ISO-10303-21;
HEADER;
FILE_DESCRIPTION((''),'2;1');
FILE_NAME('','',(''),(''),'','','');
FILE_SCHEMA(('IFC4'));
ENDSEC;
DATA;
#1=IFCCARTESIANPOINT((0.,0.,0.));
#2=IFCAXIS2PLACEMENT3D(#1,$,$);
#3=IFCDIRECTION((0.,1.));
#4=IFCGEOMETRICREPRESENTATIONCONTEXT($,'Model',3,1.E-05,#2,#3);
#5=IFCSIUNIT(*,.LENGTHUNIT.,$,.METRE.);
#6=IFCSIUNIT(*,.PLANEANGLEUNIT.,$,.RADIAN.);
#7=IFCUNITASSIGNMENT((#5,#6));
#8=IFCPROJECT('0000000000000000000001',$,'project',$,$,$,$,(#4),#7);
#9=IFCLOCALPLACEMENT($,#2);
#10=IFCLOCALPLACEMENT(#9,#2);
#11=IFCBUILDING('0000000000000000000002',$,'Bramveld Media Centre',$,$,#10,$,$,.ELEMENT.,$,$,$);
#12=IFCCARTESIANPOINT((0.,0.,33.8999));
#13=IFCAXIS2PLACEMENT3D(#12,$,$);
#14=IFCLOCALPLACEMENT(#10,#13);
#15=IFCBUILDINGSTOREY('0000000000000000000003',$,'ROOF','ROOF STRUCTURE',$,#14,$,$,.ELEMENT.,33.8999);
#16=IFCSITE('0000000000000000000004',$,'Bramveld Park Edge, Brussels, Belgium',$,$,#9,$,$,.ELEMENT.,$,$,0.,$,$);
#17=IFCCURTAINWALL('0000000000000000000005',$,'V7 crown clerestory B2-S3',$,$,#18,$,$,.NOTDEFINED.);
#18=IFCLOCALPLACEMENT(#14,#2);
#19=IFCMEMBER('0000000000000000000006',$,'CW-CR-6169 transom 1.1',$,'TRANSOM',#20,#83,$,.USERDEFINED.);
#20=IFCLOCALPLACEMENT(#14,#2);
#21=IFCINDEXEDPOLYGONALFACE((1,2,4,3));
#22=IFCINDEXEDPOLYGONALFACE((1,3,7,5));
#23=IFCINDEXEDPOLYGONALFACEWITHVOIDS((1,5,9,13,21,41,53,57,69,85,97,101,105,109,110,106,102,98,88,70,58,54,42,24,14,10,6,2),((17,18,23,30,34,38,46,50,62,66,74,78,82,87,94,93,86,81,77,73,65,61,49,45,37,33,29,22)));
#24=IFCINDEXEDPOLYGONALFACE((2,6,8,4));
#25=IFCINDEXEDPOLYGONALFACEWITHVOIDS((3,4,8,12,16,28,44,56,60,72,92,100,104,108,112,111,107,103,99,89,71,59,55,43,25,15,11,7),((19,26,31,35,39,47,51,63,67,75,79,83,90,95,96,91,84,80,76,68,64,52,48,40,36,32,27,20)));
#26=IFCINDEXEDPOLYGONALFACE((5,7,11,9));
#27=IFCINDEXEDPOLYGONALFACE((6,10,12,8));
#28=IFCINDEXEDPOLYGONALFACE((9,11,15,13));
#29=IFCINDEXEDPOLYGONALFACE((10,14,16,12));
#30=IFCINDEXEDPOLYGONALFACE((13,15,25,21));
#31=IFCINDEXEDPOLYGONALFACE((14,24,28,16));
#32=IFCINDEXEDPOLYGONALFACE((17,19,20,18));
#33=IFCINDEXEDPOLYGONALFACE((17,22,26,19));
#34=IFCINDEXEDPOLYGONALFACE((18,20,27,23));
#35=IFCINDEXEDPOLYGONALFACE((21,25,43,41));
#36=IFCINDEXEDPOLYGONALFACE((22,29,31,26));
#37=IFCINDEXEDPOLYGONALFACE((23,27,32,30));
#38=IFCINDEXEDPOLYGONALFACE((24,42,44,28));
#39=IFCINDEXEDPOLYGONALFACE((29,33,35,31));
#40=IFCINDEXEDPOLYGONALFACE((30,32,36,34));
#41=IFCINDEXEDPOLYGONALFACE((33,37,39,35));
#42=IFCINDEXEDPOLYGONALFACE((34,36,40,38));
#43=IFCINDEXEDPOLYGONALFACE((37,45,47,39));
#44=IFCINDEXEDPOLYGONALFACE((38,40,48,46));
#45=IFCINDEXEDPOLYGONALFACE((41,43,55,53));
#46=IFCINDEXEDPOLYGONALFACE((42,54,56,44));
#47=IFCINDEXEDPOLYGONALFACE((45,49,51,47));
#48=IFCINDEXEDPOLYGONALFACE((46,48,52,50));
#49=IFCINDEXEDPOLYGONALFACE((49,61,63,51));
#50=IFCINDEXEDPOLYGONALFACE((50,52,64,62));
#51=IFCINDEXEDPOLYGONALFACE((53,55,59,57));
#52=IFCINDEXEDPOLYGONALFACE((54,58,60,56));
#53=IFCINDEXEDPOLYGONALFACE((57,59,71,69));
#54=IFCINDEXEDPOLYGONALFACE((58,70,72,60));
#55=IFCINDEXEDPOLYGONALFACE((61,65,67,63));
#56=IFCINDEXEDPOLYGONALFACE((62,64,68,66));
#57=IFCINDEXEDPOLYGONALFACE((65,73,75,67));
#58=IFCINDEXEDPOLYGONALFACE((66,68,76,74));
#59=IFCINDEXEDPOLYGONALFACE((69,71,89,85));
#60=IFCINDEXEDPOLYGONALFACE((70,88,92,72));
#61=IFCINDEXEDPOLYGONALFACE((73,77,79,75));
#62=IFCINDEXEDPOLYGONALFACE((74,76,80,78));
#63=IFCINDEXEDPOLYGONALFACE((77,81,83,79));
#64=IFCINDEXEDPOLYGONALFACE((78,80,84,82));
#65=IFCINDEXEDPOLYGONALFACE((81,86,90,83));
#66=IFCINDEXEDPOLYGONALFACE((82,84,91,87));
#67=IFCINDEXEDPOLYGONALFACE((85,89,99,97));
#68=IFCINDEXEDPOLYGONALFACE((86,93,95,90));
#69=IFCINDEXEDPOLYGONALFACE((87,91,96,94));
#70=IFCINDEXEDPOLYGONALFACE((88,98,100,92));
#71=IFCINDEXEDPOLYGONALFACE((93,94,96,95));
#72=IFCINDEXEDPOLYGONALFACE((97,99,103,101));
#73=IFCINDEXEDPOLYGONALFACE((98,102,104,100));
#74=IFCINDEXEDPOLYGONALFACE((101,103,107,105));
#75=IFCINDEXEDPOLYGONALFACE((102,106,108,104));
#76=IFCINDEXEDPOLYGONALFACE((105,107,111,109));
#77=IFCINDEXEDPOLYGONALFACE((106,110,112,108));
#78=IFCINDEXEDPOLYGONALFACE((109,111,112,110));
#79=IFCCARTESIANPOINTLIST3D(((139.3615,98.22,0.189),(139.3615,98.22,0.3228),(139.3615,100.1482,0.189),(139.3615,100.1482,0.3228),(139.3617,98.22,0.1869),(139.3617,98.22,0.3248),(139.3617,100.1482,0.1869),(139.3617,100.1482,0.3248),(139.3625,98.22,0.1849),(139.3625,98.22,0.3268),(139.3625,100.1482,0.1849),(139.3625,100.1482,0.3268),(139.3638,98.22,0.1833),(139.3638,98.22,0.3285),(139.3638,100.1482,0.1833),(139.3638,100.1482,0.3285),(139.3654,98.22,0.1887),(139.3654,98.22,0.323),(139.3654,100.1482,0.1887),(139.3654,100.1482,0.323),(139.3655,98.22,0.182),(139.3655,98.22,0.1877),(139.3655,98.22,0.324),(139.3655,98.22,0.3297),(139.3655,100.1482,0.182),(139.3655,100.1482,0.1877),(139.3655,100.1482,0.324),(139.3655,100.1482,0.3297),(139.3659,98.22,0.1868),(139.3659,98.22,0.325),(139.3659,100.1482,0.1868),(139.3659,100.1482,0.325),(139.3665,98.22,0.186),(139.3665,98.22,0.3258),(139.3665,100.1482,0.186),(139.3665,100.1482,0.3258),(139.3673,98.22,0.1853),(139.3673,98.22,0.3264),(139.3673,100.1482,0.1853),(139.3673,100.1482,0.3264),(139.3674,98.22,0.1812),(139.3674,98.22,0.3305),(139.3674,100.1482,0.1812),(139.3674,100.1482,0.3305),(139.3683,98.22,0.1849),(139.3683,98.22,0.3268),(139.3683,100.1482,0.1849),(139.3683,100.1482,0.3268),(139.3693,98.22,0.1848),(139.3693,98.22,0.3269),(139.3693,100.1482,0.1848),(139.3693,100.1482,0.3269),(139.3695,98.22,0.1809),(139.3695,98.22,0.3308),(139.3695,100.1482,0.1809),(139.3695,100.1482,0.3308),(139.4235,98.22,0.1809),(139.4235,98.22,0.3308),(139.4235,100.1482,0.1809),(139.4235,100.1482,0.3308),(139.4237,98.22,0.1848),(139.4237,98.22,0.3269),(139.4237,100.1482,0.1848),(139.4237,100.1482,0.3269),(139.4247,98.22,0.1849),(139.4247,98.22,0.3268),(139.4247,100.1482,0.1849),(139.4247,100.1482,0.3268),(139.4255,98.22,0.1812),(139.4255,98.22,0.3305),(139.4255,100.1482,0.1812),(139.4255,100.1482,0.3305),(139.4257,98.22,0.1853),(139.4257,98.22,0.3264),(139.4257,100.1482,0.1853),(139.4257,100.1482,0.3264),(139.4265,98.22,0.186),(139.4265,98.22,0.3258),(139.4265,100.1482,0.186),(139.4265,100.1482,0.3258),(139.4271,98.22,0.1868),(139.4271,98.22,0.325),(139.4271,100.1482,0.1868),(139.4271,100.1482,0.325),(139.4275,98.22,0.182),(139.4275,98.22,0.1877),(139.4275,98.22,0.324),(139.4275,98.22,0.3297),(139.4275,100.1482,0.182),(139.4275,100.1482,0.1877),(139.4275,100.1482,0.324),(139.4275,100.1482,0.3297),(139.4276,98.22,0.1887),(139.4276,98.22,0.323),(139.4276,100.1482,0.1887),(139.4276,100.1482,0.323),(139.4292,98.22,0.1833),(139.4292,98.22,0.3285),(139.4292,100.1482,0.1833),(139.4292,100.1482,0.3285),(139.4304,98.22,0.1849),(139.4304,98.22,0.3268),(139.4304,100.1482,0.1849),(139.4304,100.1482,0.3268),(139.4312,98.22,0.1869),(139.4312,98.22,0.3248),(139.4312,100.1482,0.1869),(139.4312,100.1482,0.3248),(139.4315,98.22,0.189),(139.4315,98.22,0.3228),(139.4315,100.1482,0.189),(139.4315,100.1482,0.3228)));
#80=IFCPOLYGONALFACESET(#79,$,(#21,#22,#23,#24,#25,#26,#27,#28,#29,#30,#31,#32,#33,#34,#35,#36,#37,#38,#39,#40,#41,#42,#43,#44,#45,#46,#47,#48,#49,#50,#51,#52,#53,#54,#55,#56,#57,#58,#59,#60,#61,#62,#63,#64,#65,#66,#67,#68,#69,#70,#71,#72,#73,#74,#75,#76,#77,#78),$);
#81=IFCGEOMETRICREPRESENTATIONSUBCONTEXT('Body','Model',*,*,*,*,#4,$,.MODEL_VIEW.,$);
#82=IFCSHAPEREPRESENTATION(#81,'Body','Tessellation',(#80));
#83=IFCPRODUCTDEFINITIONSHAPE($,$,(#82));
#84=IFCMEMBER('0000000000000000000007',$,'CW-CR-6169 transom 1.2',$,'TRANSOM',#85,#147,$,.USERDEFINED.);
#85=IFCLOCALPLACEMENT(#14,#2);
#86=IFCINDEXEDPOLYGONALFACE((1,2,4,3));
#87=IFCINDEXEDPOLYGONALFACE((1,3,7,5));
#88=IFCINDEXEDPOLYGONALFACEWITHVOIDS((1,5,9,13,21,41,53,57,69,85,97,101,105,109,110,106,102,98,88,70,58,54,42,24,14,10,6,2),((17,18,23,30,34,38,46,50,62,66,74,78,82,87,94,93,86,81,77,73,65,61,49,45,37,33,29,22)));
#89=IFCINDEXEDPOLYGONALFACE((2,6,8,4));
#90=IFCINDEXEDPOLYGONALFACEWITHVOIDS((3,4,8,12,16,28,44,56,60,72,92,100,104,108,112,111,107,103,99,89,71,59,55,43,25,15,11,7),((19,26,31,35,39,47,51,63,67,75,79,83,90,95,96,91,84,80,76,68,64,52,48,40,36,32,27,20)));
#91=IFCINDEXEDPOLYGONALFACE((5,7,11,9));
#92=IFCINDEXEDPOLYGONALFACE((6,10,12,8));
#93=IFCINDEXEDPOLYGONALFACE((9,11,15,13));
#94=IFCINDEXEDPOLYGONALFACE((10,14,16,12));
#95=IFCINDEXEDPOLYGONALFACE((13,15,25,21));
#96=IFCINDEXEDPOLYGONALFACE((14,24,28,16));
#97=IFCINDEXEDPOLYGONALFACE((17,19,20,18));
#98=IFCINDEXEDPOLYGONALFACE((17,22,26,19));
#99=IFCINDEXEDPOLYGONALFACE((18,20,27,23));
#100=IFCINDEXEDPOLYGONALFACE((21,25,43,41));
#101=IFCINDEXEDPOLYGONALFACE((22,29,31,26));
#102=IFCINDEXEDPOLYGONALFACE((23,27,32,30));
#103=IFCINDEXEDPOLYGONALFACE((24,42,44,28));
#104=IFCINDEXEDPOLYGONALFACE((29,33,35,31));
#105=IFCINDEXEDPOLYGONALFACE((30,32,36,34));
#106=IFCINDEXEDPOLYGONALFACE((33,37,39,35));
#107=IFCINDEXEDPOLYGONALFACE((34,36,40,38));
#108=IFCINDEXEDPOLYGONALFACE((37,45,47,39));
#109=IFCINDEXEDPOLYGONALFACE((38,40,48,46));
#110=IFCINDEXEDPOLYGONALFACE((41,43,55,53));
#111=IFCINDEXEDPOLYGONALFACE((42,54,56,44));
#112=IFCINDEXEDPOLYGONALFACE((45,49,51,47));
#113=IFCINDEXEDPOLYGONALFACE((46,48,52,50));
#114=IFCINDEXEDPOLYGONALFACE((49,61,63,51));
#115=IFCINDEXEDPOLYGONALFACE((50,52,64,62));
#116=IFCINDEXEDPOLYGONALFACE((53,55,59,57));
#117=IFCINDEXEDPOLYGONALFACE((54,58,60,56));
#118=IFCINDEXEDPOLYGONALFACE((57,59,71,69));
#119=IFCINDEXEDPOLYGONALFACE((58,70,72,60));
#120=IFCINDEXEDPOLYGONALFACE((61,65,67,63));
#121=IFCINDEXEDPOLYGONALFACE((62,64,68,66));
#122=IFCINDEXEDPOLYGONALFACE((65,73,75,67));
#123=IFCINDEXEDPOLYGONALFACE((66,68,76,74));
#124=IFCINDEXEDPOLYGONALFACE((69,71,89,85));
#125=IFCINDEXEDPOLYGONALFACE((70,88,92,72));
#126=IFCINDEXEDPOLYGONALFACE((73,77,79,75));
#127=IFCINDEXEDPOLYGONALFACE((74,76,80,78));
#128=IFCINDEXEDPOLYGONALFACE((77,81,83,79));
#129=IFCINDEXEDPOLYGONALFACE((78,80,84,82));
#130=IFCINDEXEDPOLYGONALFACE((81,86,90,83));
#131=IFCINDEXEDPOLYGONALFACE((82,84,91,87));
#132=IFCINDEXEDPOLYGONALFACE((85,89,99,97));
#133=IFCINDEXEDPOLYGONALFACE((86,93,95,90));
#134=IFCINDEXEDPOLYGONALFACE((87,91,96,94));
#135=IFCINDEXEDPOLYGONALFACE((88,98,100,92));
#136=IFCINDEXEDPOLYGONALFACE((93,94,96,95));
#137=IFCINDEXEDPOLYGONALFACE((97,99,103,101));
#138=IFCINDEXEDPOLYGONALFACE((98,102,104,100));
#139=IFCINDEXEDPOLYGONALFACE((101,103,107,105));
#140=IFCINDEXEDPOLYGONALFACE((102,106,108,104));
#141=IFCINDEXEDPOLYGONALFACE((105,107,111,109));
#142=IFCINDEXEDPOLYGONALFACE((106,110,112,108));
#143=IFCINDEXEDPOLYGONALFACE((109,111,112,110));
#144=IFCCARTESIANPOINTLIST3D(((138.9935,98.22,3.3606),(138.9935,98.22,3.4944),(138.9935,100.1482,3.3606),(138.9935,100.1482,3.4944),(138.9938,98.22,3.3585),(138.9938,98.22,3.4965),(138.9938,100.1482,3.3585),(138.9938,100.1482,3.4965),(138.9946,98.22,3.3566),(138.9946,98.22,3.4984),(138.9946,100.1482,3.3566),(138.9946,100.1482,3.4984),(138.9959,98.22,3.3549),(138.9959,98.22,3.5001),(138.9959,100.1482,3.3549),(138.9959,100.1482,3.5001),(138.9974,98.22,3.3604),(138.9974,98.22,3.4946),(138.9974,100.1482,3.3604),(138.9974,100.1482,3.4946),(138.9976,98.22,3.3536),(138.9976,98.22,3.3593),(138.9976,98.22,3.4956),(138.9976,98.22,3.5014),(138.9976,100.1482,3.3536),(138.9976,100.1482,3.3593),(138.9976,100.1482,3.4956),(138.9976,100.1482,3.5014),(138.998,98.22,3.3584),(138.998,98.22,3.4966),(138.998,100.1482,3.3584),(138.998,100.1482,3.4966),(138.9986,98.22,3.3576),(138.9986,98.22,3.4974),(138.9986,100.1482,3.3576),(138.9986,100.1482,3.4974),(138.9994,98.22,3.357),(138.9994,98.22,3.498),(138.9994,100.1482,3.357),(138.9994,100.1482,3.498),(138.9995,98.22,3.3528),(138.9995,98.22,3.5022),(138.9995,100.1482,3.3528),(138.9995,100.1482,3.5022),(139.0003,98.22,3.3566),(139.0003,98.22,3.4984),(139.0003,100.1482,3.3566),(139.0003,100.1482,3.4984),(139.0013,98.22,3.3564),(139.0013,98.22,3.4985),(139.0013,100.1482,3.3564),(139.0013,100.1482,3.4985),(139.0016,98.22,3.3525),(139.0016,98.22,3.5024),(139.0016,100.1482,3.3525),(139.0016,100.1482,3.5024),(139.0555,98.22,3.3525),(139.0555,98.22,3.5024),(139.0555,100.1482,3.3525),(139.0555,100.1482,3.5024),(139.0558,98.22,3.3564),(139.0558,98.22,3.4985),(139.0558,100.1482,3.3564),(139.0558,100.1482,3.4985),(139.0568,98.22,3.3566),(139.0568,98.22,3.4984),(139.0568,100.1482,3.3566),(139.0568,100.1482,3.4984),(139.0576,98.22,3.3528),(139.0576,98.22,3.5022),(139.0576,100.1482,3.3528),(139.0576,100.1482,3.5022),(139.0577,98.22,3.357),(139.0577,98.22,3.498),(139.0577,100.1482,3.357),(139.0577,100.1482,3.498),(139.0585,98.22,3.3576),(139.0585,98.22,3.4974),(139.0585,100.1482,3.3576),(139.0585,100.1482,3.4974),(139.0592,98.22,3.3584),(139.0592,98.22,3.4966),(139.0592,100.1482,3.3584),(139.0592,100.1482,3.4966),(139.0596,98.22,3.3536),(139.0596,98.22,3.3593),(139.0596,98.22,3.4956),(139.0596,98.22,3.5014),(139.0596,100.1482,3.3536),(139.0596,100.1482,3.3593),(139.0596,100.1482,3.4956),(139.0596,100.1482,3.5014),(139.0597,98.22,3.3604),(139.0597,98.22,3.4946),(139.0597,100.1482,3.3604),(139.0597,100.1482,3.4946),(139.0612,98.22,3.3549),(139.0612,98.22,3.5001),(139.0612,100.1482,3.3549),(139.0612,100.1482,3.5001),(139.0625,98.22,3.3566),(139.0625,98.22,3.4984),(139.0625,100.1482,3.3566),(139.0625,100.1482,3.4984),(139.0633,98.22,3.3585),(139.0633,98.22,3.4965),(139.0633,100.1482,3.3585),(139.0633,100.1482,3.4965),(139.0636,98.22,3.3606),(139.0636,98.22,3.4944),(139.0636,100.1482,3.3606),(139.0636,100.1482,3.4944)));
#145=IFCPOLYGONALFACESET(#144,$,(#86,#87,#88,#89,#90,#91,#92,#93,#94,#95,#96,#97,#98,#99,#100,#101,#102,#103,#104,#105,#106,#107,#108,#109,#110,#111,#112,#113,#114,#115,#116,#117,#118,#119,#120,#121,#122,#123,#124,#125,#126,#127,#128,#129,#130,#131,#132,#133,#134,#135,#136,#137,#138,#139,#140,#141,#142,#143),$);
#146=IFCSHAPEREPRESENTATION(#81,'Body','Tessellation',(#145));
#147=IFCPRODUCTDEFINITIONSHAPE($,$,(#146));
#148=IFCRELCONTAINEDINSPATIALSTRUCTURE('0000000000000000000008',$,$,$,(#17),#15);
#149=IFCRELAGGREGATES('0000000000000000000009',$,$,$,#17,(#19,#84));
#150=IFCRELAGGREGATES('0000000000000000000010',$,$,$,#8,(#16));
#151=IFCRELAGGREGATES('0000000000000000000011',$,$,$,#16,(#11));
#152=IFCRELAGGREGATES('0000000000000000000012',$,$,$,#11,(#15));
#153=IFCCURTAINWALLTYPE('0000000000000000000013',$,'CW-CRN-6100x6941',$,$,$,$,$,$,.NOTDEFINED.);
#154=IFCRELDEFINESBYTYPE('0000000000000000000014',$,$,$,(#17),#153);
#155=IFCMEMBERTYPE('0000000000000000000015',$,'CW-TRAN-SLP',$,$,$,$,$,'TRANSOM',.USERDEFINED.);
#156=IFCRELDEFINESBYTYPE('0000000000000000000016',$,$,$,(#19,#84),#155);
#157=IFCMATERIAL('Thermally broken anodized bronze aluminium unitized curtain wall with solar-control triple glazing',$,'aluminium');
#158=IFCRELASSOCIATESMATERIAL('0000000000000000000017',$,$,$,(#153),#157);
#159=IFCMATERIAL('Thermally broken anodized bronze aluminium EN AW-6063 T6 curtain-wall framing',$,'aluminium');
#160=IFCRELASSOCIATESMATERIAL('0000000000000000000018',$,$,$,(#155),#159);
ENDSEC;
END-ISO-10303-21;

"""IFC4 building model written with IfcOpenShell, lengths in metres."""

from ifc_helpers import new_model, si_unit, direction, frame, origin, origin_2d, place, context, subcontext, project, spatial, hollow_rectangle, extrude, material, material_profile, profile_set, type_object, element, aggregate, save


model = new_model("IFC4")

# Units and contexts
model_context = context("Model", 3, precision=1e-05, world=origin(), true_north=direction((0.0, 1.0)))
body_context = subcontext(model_context, "Body", "Model", "MODEL_VIEW")
ifc_project = project(units=[si_unit("LENGTHUNIT", "METRE"), si_unit("PLANEANGLEUNIT", "RADIAN")], contexts=[model_context])

# Site, building, storey
site_placement = place(None, origin())
site = spatial("IfcSite", under=ifc_project, at=site_placement, Name="Bramveld Park Edge, Brussels, Belgium", CompositionType="ELEMENT", RefElevation=0.0)
building_placement = place(site_placement, origin())
building = spatial("IfcBuilding", under=site, at=building_placement, Name="Bramveld Media Centre", CompositionType="ELEMENT")
storey_placement = place(building_placement, frame((0.0, 0.0, 33.8999)))
storey = spatial("IfcBuildingStorey", under=building, at=storey_placement, Name="ROOF", Description="ROOF STRUCTURE", CompositionType="ELEMENT", Elevation=33.8999)

# Curtain wall, members
ifc_material_1 = material(Name="Thermally broken anodized bronze aluminium unitized curtain wall with solar-control triple glazing", Category="aluminium")
curtain_wall_type = type_object("IfcCurtainWallType", Name="CW-CRN-6100x6941", PredefinedType="NOTDEFINED", material=ifc_material_1)
curtain_wall_placement = place(storey_placement, origin())
curtain_wall = element("IfcCurtainWall", 1, at=curtain_wall_placement, inside=storey, type_object=curtain_wall_type, Name="V7 crown clerestory B2-S3", PredefinedType="NOTDEFINED")
ifc_material_2 = material(Name="Thermally broken anodized bronze aluminium EN AW-6063 T6 curtain-wall framing", Category="aluminium")
ifc_material_profile_1 = material_profile(ifc_material_2, hollow_rectangle(XDim=0.0701, YDim=0.1499, WallThickness=0.0039, InnerFilletRadius=0.0039, OuterFilletRadius=0.0081, at=origin_2d()), Name="AL-TRAN 70x150")
ifc_profile_set_1 = profile_set([ifc_material_profile_1], Name="Thermally broken anodized bronze aluminium EN AW-6063 T6 curtain-wall framing")
member_type_1 = type_object("IfcMemberType", Name="CW-TRAN-SLP", ElementType="TRANSOM", PredefinedType="USERDEFINED", material=ifc_profile_set_1)
member_1_placement = place(storey_placement, frame((139.3965, 98.22, 0.2559), z_axis=(0.0, 1.0, 0.0), x_axis=(-1.0, 0.0, 0.0)))
member_1 = element("IfcMember", 2, at=member_1_placement, type_object=member_type_1, Name="CW-CR-6169 transom 1.1", ObjectType="TRANSOM", PredefinedType="USERDEFINED", context=body_context, shape_type="SweptSolid", body=[
    extrude(hollow_rectangle(XDim=0.0701, YDim=0.1499, WallThickness=0.0039, InnerFilletRadius=0.0039, OuterFilletRadius=0.0081, at=origin_2d()), origin(), (0.0, 0.0, 1.0), 1.9282),
])
member_2_placement = place(storey_placement, frame((139.0286, 98.22, 3.4275), z_axis=(0.0, 1.0, 0.0), x_axis=(-1.0, 0.0, 0.0)))
member_2 = element("IfcMember", 3, at=member_2_placement, type_object=member_type_1, Name="CW-CR-6169 transom 1.2", ObjectType="TRANSOM", PredefinedType="USERDEFINED", context=body_context, shape_type="SweptSolid", body=[
    extrude(hollow_rectangle(XDim=0.0701, YDim=0.1499, WallThickness=0.0039, InnerFilletRadius=0.0039, OuterFilletRadius=0.0081, at=origin_2d()), origin(), (0.0, 0.0, 1.0), 1.9282),
])

aggregate(curtain_wall, [member_1, member_2])

save(model, "model.ifc")
